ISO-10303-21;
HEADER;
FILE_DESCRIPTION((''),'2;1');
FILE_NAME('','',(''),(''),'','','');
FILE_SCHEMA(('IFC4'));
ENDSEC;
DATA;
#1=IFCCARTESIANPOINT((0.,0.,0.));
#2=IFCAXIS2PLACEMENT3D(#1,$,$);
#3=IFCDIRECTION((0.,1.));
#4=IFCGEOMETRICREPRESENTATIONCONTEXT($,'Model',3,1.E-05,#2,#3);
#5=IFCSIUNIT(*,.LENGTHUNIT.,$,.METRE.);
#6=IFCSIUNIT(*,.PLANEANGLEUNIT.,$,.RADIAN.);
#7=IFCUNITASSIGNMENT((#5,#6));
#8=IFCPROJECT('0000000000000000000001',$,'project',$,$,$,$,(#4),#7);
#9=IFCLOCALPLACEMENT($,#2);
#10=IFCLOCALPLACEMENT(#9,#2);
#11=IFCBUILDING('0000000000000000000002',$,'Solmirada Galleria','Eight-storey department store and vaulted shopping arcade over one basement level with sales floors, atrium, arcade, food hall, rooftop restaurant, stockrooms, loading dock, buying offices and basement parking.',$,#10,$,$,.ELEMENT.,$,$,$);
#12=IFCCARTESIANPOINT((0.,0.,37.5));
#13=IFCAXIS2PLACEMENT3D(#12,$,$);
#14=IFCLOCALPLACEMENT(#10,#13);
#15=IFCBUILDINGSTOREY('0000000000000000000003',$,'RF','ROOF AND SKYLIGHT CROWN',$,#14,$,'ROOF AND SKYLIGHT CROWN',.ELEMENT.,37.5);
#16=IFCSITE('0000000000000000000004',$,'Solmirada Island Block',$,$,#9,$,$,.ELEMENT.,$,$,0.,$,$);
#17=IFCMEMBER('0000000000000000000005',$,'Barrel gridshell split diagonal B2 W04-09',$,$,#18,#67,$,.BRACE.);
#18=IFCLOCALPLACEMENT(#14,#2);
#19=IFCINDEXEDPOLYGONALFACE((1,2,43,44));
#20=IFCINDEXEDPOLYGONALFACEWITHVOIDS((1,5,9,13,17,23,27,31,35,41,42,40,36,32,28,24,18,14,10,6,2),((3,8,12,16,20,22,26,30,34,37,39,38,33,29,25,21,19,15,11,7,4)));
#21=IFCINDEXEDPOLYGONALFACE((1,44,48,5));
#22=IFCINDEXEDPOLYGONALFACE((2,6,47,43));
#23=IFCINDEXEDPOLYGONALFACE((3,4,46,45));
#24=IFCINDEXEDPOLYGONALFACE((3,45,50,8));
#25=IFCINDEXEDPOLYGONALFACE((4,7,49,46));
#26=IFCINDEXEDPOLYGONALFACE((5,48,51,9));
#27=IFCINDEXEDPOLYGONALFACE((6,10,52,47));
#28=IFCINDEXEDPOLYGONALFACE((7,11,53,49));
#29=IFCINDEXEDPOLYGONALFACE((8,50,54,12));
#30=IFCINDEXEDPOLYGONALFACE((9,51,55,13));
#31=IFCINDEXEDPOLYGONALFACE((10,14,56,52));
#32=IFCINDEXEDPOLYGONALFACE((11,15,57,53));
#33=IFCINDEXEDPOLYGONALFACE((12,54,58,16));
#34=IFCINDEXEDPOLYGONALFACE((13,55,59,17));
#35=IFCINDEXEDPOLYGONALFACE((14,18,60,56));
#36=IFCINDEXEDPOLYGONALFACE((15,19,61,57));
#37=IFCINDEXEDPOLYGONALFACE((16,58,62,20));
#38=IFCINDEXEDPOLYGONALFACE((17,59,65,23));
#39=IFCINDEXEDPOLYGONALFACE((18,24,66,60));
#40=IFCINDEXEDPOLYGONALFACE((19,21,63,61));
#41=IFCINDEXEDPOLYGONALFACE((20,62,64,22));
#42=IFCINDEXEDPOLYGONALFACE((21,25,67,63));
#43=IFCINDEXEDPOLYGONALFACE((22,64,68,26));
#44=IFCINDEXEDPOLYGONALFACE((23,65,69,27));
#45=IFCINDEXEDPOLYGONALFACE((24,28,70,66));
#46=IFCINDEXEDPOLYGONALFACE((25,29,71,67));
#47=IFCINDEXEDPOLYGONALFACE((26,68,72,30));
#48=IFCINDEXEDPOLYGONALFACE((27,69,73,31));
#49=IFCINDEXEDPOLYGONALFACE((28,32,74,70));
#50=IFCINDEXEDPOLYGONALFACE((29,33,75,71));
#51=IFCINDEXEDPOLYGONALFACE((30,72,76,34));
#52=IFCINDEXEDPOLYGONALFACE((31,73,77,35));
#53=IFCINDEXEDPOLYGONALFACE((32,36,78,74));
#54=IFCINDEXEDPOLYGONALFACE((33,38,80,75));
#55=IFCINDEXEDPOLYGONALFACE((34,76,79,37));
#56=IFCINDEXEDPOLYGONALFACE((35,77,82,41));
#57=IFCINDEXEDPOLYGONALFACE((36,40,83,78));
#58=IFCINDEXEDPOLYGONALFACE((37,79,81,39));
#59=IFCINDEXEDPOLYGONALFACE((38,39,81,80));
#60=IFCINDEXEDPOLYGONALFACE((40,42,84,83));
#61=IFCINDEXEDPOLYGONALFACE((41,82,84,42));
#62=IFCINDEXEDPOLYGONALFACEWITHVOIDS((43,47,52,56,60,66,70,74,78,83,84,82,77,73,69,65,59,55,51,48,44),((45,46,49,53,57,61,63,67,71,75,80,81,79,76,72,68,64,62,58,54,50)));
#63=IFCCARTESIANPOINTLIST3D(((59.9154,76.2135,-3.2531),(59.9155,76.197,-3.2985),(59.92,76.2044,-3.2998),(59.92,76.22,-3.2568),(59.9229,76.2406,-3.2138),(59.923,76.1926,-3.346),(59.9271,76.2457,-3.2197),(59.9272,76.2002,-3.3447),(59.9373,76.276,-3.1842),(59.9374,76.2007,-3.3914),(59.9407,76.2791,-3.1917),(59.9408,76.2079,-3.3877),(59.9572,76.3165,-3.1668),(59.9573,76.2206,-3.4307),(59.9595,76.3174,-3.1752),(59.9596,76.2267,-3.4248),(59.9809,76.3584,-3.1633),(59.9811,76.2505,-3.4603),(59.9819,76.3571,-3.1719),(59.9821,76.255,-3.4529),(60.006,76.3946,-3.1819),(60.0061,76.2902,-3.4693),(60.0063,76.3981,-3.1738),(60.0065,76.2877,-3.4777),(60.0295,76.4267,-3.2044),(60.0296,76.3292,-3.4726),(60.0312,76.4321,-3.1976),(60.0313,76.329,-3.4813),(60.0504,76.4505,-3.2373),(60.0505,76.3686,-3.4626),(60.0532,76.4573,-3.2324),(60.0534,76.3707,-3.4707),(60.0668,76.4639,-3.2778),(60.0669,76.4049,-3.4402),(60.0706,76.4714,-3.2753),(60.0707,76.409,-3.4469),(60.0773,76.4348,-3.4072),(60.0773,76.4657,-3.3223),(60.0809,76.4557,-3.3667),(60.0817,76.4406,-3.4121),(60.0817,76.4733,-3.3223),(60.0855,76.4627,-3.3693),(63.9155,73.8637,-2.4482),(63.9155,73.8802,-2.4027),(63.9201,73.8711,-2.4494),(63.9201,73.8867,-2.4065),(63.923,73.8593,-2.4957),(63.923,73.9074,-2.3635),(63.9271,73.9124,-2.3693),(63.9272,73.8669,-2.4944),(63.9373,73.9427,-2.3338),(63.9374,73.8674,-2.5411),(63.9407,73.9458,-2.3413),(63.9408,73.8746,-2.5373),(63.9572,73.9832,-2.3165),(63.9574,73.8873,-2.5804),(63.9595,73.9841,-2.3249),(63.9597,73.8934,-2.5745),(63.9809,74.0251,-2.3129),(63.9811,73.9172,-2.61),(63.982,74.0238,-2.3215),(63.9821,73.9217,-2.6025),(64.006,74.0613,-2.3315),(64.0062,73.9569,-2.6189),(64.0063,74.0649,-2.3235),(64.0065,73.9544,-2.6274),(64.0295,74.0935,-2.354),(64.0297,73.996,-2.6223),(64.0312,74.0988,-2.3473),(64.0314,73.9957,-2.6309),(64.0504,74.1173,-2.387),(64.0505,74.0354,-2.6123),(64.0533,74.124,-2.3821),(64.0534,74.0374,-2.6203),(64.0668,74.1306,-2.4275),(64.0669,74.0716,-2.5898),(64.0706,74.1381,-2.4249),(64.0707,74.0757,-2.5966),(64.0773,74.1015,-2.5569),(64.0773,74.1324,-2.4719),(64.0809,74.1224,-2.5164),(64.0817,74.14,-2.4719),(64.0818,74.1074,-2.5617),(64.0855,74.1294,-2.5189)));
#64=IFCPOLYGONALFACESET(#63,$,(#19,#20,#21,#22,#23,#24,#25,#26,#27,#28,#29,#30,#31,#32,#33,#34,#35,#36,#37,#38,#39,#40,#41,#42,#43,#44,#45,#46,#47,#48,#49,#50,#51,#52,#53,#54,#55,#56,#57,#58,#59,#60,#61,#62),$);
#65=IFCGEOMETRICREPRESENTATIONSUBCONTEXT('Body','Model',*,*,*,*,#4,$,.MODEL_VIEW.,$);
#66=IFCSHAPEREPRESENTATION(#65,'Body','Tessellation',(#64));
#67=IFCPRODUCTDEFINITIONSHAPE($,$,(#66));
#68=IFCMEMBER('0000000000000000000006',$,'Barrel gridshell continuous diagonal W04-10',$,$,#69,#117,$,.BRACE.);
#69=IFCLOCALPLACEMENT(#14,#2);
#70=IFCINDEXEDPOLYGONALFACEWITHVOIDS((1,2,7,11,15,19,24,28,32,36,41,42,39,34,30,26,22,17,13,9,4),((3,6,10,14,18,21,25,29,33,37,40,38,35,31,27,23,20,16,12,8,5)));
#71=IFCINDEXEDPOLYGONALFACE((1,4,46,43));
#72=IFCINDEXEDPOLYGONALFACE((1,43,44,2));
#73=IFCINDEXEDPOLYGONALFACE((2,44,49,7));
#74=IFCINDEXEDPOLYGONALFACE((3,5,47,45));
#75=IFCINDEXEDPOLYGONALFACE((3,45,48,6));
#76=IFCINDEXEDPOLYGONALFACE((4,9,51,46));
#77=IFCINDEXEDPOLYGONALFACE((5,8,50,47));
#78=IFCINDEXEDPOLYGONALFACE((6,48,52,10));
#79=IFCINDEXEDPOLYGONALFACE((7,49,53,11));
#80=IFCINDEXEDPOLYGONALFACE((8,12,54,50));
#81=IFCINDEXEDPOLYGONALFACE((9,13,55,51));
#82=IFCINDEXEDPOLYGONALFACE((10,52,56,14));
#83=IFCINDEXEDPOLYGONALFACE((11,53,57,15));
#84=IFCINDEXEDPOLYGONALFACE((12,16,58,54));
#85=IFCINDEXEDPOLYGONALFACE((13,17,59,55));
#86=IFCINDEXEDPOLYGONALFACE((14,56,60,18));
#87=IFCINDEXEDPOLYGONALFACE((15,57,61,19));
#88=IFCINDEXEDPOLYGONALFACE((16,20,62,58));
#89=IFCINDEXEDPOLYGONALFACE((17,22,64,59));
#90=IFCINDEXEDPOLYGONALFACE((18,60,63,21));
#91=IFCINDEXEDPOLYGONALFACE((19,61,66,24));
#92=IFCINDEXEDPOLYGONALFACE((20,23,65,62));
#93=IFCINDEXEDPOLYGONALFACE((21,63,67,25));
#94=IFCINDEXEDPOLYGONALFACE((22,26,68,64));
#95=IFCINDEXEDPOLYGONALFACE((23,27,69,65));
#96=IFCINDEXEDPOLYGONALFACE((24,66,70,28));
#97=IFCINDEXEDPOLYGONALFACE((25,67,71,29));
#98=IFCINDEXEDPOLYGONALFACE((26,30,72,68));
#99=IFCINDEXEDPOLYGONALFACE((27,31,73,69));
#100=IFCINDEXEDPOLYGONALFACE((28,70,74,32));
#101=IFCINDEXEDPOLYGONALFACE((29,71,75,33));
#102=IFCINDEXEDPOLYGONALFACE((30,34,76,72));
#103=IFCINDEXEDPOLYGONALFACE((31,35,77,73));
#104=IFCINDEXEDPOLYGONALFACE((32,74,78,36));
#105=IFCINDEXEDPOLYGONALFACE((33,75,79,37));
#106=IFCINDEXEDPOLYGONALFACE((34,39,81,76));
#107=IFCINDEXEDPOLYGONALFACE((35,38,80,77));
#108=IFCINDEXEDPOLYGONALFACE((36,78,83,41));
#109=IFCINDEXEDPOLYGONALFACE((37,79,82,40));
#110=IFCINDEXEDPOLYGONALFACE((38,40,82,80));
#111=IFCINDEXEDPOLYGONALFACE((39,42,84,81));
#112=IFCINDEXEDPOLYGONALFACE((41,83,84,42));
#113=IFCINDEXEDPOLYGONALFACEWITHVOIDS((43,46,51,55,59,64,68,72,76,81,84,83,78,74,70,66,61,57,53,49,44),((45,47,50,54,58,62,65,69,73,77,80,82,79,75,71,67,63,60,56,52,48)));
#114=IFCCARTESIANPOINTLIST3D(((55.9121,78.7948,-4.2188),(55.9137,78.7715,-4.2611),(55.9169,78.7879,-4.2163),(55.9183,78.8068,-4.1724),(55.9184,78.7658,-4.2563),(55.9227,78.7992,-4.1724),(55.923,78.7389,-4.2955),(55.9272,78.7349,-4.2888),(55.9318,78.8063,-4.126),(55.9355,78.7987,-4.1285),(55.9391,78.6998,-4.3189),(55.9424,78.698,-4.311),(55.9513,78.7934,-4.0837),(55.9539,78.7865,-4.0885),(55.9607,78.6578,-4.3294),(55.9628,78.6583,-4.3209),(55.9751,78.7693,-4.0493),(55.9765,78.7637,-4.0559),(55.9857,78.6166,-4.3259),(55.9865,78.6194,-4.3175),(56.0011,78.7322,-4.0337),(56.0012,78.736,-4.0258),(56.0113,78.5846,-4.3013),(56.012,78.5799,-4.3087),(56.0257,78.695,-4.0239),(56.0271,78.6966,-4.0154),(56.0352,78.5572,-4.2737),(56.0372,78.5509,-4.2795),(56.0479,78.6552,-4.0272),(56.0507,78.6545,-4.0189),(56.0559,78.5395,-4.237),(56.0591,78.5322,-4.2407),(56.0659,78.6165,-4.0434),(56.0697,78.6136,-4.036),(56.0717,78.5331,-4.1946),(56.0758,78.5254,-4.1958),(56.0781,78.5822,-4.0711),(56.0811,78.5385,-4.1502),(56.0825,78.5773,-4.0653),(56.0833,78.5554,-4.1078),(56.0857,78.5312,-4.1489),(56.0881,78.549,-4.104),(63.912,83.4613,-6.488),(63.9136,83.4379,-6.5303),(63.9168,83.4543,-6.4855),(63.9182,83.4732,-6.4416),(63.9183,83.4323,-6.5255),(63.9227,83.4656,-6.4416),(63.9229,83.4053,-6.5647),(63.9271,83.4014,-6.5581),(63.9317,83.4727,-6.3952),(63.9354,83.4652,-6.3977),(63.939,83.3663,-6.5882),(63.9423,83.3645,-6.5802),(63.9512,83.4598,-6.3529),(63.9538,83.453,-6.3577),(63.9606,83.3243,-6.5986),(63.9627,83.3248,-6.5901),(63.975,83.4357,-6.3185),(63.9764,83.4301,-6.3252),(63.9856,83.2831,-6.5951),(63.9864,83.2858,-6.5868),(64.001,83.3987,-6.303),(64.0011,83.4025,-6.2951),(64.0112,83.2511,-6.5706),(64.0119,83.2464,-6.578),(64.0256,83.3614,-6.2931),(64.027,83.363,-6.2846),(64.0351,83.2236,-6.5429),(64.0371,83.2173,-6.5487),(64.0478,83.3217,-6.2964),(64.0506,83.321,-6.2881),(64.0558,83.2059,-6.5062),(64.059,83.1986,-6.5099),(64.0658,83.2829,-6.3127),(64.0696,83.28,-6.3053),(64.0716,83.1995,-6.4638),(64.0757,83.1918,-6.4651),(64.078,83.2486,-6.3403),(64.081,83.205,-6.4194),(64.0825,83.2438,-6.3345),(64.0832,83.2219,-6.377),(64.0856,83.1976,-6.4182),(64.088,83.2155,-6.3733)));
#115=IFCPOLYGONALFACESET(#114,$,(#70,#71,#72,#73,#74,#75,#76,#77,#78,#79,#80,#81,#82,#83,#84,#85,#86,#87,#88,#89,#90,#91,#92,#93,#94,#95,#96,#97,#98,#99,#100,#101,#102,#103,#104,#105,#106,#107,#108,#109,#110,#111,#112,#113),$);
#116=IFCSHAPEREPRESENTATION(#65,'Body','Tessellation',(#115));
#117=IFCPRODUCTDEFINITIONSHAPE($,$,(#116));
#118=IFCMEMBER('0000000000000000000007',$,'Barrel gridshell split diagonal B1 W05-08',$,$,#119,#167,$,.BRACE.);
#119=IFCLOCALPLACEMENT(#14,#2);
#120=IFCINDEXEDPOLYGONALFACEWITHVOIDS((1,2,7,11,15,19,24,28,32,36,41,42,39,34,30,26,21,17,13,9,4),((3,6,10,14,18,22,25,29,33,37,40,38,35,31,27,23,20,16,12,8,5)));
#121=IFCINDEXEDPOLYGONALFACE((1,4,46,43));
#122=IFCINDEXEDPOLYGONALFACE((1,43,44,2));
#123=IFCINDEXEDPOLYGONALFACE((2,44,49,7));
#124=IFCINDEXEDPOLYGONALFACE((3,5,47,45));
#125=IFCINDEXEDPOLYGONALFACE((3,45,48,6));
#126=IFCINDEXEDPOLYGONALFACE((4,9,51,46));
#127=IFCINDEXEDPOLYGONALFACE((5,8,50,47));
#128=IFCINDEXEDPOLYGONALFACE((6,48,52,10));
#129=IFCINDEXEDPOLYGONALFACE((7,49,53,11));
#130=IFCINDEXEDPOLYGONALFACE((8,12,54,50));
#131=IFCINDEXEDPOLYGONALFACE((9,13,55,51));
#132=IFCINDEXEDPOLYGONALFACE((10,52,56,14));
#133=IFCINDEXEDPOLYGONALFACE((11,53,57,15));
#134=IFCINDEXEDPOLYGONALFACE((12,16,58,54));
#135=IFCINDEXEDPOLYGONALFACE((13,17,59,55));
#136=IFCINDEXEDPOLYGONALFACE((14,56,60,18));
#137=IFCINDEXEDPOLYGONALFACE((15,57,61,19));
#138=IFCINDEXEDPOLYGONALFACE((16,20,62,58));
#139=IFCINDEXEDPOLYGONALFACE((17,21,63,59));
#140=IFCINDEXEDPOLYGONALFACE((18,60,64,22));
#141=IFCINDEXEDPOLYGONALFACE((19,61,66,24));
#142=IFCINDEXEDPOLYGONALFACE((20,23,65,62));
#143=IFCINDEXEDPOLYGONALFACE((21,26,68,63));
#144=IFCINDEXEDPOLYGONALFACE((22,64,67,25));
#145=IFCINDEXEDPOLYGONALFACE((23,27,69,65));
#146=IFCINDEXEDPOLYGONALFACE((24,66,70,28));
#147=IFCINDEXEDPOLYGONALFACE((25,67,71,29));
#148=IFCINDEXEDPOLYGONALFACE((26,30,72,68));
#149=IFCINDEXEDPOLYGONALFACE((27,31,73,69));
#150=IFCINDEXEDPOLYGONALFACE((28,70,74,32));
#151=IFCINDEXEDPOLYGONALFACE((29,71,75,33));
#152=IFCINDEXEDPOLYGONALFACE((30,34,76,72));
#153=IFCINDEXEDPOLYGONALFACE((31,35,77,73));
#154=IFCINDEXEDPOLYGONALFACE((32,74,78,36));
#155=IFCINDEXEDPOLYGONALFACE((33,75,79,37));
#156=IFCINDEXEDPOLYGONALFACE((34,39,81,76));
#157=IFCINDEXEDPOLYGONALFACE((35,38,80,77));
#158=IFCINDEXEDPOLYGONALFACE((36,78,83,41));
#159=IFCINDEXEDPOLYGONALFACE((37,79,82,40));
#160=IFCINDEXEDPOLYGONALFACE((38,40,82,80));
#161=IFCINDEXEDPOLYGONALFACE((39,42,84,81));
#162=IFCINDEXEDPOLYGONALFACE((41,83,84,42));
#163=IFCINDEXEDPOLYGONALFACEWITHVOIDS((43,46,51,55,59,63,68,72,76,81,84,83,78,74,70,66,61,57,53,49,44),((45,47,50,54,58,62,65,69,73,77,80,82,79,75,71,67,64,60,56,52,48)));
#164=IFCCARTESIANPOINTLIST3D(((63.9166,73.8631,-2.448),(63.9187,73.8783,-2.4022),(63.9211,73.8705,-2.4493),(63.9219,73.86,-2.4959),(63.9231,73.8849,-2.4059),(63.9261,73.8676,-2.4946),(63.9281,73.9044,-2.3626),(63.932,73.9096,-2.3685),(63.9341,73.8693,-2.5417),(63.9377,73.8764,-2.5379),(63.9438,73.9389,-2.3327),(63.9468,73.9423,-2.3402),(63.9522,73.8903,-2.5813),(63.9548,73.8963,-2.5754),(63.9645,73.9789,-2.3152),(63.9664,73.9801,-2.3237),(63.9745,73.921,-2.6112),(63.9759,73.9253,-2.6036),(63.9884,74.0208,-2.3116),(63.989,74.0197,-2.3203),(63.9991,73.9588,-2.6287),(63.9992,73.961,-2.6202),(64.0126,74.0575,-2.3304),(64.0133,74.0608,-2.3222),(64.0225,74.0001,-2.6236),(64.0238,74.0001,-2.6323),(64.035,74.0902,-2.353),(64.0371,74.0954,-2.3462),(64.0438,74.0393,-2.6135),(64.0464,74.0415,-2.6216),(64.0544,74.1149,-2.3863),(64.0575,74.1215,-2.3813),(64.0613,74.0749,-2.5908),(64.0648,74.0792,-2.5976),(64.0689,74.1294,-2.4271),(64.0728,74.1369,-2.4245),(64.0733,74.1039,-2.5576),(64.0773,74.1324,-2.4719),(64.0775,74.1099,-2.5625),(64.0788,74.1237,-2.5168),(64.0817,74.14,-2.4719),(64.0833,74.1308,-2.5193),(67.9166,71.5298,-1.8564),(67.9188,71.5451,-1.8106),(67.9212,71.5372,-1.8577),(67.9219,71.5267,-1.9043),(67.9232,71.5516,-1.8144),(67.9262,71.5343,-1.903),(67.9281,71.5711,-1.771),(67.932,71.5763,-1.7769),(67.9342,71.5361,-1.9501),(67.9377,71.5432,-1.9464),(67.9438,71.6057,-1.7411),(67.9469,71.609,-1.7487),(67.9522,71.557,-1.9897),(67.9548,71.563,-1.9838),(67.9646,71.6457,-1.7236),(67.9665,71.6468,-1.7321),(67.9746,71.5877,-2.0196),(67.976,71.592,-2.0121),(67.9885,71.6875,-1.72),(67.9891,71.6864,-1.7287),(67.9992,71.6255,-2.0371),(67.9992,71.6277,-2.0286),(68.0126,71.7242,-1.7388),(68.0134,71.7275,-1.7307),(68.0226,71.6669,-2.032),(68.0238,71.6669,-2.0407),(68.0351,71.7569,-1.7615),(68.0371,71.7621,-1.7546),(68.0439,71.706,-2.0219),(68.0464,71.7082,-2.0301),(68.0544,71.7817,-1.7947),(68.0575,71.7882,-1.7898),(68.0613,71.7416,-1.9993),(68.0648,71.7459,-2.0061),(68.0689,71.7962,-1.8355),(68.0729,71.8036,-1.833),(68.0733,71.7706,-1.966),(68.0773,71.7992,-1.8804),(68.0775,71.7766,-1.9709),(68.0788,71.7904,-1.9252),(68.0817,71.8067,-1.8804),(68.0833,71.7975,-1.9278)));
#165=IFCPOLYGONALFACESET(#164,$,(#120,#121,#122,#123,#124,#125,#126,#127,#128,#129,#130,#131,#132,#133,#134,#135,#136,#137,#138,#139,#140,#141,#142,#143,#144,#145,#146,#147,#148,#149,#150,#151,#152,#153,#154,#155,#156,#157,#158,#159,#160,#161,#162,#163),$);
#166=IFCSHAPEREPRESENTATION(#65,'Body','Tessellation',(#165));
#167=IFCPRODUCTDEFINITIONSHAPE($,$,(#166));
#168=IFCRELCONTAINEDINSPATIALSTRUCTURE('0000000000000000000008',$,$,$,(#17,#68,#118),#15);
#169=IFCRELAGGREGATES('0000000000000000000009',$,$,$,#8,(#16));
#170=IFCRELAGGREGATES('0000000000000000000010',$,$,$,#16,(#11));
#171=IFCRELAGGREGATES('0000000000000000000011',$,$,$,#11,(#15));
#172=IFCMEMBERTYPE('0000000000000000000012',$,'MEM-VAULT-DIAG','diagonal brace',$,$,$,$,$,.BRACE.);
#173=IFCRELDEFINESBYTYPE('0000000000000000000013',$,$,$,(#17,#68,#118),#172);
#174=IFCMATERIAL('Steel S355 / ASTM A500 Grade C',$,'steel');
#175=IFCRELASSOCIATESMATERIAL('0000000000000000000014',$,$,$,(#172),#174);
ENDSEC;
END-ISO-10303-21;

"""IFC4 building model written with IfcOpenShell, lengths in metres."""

from ifc_helpers import new_model, si_unit, direction, frame, origin, origin_2d, place, context, subcontext, project, spatial, hollow_circle, extrude, material, material_profile, profile_set, type_object, element, save


model = new_model("IFC4")

# Units and contexts
model_context = context("Model", 3, precision=1e-05, world=origin(), true_north=direction((0.0, 1.0)))
body_context = subcontext(model_context, "Body", "Model", "MODEL_VIEW")
ifc_project = project(units=[si_unit("LENGTHUNIT", "METRE"), si_unit("PLANEANGLEUNIT", "RADIAN")], contexts=[model_context])

# Site, building, storey
site_placement = place(None, origin())
site = spatial("IfcSite", under=ifc_project, at=site_placement, Name="Solmirada Island Block", CompositionType="ELEMENT", RefElevation=0.0)
building_placement = place(site_placement, origin())
building = spatial("IfcBuilding", under=site, at=building_placement, Name="Solmirada Galleria", Description="Eight-storey department store and vaulted shopping arcade over one basement level with sales floors, atrium, arcade, food hall, rooftop restaurant, stockrooms, loading dock, buying offices and basement parking.", CompositionType="ELEMENT")
storey_placement = place(building_placement, frame((0.0, 0.0, 37.5)))
storey = spatial("IfcBuildingStorey", under=building, at=storey_placement, Name="RF", Description="ROOF AND SKYLIGHT CROWN", LongName="ROOF AND SKYLIGHT CROWN", CompositionType="ELEMENT", Elevation=37.5)

# Members
ifc_material_1 = material(Name="Steel S355 / ASTM A500 Grade C", Category="steel")
ifc_material_profile_1 = material_profile(ifc_material_1, hollow_circle(Radius=0.1621, WallThickness=0.0088, at=origin_2d()), Name="HSS12.750X0.375")
ifc_profile_set_1 = profile_set([ifc_material_profile_1], Name="Steel S355 / ASTM A500 Grade C")
member_type_1 = type_object("IfcMemberType", Name="MEM-VAULT-DIAG", Description="diagonal brace", PredefinedType="BRACE", material=ifc_profile_set_1)
for number, where, z_axis, x_axis, name in (
    (1, (60.0, 76.3333, -3.3223), (0.849582, -0.495572, 0.180609), (0.503858, 0.863787, 0.0), "Barrel gridshell split diagonal B2 W04-09"),
):
    element("IfcMember", number, at=place(storey_placement, frame(where, z_axis=z_axis, x_axis=x_axis)), inside=storey, type_object=member_type_1, Name=name, PredefinedType="BRACE", context=body_context, shape_type="SweptSolid", body=[
        extrude(hollow_circle(Radius=0.1621, WallThickness=0.0088, at=origin_2d()), origin(), (0.0, 0.0, 1.0), 4.7083),
    ])
member_1_placement = place(storey_placement, frame((56.0, 78.6667, -4.1724), z_axis=(0.838969, 0.489382, -0.237983), x_axis=(-0.503858, 0.863787, 0.0)))
element("IfcMember", 2, at=member_1_placement, inside=storey, type_object=member_type_1, Name="Barrel gridshell continuous diagonal W04-10", PredefinedType="BRACE", context=body_context, shape_type="SweptSolid", body=[
    extrude(hollow_circle(Radius=0.1621, WallThickness=0.0088, at=origin_2d()), origin(), (0.0, 0.0, 1.0), 9.5354),
])
member_2_placement = place(storey_placement, frame((64.0, 74.0, -2.4719), z_axis=(0.856824, -0.499796, 0.126714), x_axis=(0.503858, 0.863787, 0.0)))
element("IfcMember", 3, at=member_2_placement, inside=storey, type_object=member_type_1, Name="Barrel gridshell split diagonal B1 W05-08", PredefinedType="BRACE", context=body_context, shape_type="SweptSolid", body=[
    extrude(hollow_circle(Radius=0.1621, WallThickness=0.0088, at=origin_2d()), origin(), (0.0, 0.0, 1.0), 4.6685),
])

save(model, "model.ifc")
